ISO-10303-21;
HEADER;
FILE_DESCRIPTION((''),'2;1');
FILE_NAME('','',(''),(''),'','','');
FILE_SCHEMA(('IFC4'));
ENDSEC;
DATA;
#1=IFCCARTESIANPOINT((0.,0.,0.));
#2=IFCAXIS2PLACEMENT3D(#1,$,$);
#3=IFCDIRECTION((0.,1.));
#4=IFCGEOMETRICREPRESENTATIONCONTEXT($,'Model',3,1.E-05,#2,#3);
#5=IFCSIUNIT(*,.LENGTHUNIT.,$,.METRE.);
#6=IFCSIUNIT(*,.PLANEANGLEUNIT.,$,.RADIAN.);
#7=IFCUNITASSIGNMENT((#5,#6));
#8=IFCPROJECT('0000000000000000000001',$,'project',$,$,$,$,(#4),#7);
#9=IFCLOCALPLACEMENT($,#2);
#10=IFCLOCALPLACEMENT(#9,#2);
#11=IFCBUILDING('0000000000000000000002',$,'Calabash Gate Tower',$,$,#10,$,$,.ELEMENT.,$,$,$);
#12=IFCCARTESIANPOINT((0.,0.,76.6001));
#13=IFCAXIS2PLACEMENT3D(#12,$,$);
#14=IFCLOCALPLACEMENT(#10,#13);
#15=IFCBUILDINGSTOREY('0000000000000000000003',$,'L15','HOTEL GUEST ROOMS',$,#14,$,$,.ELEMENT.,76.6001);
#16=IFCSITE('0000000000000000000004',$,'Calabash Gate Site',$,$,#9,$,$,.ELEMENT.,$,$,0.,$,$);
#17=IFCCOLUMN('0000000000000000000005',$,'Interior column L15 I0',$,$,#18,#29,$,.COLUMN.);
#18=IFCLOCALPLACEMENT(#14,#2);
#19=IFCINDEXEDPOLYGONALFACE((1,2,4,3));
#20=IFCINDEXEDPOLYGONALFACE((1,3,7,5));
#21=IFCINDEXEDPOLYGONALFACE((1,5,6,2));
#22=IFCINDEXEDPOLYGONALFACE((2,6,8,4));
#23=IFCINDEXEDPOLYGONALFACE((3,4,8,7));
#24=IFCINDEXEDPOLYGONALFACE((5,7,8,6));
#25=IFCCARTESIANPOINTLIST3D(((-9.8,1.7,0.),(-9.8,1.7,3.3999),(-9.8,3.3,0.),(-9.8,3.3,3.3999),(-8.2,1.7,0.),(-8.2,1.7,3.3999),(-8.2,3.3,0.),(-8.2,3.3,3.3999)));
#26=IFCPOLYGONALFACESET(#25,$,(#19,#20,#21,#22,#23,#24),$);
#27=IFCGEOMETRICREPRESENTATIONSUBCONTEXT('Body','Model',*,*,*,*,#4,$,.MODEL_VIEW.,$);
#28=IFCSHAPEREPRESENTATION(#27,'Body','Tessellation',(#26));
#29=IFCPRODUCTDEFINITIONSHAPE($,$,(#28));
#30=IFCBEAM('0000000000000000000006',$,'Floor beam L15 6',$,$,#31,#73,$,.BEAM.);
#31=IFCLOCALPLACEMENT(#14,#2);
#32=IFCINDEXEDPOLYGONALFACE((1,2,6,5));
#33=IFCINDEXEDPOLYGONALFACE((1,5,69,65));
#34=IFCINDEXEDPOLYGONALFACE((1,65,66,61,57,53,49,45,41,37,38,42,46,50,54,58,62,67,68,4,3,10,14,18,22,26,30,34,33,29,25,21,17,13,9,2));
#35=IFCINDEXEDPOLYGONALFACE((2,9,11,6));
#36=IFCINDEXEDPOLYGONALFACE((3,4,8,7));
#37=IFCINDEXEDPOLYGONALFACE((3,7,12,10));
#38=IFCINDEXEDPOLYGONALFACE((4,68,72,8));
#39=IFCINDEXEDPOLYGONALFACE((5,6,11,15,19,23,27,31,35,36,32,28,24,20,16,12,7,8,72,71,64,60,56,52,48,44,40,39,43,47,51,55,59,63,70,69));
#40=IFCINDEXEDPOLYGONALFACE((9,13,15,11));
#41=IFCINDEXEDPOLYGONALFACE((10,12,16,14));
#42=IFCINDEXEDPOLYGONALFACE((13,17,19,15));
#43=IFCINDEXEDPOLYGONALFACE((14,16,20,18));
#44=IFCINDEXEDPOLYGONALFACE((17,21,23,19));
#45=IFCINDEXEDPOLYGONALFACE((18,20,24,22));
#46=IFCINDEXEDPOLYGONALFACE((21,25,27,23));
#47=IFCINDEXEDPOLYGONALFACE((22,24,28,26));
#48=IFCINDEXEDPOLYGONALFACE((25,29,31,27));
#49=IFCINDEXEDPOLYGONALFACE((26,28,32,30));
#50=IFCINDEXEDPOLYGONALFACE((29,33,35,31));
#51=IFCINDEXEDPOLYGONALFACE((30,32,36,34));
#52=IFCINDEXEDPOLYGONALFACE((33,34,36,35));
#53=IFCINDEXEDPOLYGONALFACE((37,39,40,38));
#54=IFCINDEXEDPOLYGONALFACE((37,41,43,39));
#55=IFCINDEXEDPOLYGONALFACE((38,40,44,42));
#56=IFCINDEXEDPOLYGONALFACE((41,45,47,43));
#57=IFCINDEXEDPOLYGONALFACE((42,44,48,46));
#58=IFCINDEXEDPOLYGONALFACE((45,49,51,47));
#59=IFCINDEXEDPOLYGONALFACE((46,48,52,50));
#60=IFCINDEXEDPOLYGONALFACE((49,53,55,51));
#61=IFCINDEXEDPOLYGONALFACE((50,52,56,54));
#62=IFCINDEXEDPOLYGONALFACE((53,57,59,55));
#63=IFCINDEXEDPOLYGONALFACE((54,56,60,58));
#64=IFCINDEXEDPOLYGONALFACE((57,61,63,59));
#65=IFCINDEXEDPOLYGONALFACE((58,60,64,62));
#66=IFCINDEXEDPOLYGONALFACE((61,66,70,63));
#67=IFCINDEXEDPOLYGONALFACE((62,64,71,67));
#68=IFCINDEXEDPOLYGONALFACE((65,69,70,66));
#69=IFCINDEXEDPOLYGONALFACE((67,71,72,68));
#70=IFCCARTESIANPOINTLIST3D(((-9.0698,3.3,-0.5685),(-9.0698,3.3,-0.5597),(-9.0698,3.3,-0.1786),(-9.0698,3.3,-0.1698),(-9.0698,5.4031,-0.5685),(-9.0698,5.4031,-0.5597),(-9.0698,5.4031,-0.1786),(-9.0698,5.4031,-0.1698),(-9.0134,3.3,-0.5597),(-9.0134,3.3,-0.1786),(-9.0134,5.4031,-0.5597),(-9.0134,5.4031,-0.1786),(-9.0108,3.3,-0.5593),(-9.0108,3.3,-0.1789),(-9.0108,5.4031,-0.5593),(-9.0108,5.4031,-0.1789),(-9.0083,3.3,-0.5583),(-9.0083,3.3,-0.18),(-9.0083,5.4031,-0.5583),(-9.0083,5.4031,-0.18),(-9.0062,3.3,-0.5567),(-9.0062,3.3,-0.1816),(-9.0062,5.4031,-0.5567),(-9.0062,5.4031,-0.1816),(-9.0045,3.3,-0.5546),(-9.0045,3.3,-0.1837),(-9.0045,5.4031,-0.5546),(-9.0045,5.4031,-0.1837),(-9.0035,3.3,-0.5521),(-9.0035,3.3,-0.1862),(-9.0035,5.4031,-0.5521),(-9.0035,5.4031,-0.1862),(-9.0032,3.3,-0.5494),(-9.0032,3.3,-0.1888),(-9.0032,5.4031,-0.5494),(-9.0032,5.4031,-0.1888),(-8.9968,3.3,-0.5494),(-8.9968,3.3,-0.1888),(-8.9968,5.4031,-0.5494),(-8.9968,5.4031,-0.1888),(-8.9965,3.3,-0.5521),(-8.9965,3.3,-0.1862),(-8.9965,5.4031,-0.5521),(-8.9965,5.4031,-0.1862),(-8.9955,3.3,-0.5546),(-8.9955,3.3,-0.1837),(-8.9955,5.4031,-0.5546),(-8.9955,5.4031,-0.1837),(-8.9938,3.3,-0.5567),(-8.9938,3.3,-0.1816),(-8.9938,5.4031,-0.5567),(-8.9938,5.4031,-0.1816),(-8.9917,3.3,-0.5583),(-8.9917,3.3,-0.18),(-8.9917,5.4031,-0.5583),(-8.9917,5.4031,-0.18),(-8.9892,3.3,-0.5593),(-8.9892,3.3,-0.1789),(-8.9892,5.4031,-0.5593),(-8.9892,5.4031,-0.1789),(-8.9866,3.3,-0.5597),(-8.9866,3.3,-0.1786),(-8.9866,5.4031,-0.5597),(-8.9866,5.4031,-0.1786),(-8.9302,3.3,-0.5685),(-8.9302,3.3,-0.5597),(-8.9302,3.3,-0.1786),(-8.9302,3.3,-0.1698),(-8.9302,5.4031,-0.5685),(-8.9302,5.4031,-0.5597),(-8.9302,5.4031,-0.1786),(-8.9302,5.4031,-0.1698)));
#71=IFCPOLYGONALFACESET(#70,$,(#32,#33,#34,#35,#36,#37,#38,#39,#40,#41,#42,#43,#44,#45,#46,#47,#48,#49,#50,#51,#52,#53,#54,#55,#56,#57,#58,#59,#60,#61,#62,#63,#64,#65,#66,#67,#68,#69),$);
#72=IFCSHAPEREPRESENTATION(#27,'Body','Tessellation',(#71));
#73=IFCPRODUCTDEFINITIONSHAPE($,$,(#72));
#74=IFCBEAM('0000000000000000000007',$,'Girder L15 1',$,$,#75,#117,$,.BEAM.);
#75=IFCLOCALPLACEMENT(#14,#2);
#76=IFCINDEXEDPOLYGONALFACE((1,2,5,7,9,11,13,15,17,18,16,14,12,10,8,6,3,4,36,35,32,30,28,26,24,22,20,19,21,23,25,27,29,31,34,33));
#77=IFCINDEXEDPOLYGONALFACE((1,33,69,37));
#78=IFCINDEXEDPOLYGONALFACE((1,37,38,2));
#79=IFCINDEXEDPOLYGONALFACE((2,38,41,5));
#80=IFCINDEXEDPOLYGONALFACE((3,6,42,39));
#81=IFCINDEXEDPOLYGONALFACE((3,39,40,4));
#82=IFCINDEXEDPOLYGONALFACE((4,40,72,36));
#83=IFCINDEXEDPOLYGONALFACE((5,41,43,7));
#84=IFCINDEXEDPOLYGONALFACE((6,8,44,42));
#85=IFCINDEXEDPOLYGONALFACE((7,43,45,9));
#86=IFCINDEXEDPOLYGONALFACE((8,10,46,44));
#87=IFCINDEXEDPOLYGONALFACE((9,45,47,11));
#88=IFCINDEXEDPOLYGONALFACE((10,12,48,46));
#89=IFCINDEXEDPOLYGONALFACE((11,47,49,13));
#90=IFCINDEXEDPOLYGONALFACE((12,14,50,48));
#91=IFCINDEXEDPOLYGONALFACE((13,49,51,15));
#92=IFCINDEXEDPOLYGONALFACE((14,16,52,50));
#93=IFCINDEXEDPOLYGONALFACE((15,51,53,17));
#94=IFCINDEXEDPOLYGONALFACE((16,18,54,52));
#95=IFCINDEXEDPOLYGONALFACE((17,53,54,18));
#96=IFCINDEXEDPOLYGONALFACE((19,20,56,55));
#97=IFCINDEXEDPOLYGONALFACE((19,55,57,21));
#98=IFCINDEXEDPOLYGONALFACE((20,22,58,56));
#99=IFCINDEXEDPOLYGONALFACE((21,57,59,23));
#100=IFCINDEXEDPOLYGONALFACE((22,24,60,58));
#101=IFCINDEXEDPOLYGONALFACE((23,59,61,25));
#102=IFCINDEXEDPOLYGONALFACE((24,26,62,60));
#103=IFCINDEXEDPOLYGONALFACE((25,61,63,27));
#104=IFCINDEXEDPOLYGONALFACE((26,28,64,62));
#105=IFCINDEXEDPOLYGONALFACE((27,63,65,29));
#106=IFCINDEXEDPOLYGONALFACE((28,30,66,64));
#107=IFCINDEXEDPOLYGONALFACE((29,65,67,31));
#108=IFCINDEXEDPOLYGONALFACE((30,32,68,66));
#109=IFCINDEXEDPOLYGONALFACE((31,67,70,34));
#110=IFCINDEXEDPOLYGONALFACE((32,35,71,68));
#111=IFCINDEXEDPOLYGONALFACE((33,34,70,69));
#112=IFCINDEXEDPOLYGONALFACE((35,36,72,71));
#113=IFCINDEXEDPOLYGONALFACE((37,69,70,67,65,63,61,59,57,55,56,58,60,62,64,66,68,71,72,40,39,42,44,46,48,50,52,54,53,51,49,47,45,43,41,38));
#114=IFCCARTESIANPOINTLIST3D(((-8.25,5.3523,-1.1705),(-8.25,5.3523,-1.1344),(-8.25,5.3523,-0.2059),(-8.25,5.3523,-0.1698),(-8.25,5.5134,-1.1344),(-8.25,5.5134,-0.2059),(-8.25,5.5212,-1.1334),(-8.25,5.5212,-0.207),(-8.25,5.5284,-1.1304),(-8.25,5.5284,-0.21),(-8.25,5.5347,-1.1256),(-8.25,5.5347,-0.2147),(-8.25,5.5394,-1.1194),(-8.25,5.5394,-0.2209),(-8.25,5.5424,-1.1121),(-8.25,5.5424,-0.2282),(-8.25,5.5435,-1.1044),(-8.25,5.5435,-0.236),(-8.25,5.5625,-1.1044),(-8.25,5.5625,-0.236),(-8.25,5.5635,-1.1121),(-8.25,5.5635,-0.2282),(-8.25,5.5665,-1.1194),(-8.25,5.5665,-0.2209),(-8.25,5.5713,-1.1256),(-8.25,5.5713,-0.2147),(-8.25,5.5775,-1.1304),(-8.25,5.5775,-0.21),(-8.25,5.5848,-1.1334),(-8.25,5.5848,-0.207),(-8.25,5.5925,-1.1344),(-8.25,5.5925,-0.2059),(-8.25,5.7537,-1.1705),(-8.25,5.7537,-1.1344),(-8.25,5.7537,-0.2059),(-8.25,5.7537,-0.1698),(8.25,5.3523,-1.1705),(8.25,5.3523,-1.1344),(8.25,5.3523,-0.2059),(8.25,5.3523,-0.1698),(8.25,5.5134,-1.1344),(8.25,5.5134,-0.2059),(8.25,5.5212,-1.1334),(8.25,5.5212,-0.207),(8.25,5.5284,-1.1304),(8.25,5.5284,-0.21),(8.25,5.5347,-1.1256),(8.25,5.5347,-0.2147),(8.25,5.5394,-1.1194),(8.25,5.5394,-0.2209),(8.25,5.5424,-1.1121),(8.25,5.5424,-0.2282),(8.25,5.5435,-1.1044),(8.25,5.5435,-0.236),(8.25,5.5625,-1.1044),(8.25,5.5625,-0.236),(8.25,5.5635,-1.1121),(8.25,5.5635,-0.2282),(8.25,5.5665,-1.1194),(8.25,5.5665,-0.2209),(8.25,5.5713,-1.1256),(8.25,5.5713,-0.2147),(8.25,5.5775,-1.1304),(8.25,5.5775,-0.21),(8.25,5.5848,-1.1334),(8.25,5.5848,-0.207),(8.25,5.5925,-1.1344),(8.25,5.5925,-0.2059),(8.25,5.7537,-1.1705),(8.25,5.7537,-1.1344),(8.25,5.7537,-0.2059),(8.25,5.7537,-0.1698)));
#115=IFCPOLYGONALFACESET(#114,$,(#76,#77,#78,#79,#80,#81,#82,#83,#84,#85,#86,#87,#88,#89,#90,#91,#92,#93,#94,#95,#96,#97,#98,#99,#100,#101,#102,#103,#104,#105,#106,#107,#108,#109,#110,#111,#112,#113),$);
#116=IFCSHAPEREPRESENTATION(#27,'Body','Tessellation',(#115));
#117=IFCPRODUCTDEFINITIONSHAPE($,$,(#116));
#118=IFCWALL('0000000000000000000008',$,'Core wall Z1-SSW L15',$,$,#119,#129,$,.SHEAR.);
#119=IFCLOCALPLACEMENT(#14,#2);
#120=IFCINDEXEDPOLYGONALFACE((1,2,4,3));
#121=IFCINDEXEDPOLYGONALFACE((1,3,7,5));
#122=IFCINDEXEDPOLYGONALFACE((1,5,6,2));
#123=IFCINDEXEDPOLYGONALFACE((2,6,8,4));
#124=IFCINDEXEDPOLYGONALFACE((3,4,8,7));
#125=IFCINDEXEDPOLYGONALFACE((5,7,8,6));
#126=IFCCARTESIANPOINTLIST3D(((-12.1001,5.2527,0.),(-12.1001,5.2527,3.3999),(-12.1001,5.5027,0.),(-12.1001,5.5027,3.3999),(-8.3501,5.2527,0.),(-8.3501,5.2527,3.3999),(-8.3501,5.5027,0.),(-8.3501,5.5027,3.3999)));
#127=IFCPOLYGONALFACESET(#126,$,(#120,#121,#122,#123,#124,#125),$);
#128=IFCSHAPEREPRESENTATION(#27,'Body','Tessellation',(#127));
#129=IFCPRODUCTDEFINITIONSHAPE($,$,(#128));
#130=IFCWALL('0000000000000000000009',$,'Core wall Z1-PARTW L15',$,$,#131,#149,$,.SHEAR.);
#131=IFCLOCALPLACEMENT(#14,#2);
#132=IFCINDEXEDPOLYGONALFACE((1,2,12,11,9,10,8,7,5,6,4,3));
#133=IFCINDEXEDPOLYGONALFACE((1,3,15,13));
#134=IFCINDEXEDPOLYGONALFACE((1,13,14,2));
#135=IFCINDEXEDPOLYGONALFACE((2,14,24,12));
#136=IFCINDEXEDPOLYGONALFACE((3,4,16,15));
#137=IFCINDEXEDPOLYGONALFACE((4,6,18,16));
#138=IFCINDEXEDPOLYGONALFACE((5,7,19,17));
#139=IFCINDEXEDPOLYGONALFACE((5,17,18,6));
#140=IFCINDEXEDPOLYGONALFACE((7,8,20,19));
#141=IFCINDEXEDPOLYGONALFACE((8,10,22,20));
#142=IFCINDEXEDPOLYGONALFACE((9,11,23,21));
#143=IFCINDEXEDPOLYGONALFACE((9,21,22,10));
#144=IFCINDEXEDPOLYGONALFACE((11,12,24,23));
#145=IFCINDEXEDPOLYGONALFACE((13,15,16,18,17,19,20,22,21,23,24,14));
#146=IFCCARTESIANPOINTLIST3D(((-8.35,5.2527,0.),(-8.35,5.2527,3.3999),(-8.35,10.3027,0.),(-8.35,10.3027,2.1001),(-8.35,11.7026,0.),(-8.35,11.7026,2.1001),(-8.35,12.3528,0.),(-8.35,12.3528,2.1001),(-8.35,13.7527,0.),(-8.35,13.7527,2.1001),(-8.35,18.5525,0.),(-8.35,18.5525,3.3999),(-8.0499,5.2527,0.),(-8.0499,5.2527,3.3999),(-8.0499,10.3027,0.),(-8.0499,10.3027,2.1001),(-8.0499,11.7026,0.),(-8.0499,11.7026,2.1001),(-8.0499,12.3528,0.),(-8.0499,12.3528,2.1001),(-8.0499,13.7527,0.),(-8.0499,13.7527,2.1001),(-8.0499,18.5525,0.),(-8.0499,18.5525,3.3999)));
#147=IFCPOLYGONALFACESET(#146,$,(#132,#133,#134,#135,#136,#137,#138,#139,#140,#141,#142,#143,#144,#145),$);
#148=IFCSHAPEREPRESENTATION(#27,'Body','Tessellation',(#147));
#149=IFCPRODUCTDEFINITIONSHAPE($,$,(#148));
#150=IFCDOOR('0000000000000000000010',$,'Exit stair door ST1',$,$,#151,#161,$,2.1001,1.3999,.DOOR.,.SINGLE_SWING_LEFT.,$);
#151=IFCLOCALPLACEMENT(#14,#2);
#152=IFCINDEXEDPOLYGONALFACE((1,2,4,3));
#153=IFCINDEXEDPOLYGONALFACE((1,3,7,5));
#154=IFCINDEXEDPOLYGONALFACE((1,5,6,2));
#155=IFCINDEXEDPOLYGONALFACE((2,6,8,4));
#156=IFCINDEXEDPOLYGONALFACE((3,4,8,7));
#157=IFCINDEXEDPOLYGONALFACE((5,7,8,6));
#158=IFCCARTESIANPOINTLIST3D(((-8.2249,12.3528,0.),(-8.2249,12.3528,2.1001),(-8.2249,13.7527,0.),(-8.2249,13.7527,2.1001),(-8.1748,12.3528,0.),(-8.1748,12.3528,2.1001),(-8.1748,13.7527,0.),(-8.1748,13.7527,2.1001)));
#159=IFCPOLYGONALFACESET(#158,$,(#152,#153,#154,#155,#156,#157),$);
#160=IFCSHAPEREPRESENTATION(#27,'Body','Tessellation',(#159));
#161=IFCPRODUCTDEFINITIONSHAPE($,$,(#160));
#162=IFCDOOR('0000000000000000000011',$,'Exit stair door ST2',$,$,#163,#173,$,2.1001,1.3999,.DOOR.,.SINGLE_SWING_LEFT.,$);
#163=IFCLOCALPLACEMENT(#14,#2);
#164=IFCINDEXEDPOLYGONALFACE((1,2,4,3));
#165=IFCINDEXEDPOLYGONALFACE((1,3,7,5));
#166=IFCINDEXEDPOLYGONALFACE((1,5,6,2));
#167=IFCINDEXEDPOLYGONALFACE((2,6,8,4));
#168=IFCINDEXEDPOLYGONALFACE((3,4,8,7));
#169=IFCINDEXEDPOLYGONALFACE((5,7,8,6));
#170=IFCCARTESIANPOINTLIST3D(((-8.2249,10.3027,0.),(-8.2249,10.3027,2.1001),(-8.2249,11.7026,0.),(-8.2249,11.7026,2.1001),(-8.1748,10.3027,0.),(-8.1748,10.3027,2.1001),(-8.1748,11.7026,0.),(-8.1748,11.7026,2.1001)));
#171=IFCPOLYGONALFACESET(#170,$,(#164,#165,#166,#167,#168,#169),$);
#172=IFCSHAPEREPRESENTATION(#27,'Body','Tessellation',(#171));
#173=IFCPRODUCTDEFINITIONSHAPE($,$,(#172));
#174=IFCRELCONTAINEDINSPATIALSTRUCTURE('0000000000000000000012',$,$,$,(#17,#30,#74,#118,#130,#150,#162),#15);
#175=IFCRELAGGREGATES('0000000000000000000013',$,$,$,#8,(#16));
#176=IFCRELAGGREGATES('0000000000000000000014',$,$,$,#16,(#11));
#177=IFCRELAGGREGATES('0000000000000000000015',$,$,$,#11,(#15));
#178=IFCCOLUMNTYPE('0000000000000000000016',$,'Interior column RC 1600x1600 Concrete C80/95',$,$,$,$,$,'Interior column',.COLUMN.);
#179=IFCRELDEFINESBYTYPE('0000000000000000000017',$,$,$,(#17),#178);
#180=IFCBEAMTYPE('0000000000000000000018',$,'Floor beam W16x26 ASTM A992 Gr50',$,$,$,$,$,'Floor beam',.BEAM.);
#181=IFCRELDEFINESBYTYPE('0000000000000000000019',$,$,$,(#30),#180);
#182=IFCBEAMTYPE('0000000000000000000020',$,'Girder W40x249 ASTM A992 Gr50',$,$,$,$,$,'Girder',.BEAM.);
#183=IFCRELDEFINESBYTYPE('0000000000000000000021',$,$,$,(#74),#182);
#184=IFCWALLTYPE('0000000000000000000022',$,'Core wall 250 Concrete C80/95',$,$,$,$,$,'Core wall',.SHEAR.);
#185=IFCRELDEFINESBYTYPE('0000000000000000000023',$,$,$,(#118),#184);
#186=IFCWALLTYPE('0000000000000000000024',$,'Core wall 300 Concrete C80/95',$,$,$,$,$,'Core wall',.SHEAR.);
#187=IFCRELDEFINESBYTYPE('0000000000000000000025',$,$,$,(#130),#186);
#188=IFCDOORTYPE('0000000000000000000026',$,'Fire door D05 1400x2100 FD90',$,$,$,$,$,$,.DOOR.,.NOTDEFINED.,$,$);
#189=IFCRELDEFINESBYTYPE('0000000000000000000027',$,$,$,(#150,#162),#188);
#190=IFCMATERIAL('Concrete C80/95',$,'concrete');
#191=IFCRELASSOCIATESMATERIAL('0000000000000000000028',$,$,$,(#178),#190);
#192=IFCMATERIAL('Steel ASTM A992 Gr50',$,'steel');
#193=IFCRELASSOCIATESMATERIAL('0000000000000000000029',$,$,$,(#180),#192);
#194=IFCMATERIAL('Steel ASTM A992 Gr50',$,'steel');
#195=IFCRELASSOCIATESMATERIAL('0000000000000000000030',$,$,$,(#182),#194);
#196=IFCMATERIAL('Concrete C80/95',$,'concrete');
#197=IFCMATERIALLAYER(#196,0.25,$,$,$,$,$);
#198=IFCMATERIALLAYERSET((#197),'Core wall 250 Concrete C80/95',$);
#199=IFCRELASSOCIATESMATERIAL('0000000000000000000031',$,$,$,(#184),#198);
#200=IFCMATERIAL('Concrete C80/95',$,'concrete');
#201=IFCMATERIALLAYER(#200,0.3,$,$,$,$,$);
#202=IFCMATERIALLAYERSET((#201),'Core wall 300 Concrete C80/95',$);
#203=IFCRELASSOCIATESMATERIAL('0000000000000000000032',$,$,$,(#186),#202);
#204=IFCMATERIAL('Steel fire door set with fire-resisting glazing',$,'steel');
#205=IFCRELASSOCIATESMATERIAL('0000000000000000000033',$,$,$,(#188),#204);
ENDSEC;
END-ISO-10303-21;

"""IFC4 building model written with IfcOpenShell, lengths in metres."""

from ifc_helpers import new_model, si_unit, direction, frame, frame_2d, origin, origin_2d, place, context, subcontext, project, spatial, rectangle, i_section, extrude, material, layer, layer_set, material_profile, profile_set, type_object, element, fill, save


model = new_model("IFC4")

# Units and contexts
model_context = context("Model", 3, precision=1e-05, world=origin(), true_north=direction((0.0, 1.0)))
body_context = subcontext(model_context, "Body", "Model", "MODEL_VIEW")
ifc_project = project(units=[si_unit("LENGTHUNIT", "METRE"), si_unit("PLANEANGLEUNIT", "RADIAN")], contexts=[model_context])

# Site, building, storey
site_placement = place(None, origin())
site = spatial("IfcSite", under=ifc_project, at=site_placement, Name="Calabash Gate Site", CompositionType="ELEMENT", RefElevation=0.0)
building_placement = place(site_placement, origin())
building = spatial("IfcBuilding", under=site, at=building_placement, Name="Calabash Gate Tower", CompositionType="ELEMENT")
storey_placement = place(building_placement, frame((0.0, 0.0, 76.6001)))
storey = spatial("IfcBuildingStorey", under=building, at=storey_placement, Name="L15", Description="HOTEL GUEST ROOMS", CompositionType="ELEMENT", Elevation=76.6001)

# Column
ifc_material_1 = material(Name="Concrete C80/95", Category="concrete")
ifc_material_profile_1 = material_profile(ifc_material_1, rectangle(XDim=1.6001, YDim=1.6001, at=origin_2d()))
ifc_profile_set_1 = profile_set([ifc_material_profile_1], Name="Concrete C80/95")
column_type = type_object("IfcColumnType", Name="Interior column RC 1600x1600 Concrete C80/95", ElementType="Interior column", PredefinedType="COLUMN", material=ifc_profile_set_1)
column_placement = place(storey_placement, frame((-9.0, 2.5, 0.0), z_axis=(0.0, 0.0, 1.0), x_axis=(1.0, 0.0, 0.0)))
element("IfcColumn", 1, at=column_placement, inside=storey, type_object=column_type, Name="Interior column L15 I0", PredefinedType="COLUMN", context=body_context, shape_type="SweptSolid", body=[
    extrude(rectangle(XDim=1.6001, YDim=1.6001, at=origin_2d()), origin(), (0.0, 0.0, 1.0), 3.3999),
])

# Beams
ifc_material_2 = material(Name="Steel ASTM A992 Gr50", Category="steel")
ifc_material_profile_2 = material_profile(ifc_material_2, i_section(OverallWidth=0.1396, OverallDepth=0.3987, WebThickness=0.0063, FlangeThickness=0.0088, FilletRadius=0.0103, at=origin_2d()))
ifc_profile_set_2 = profile_set([ifc_material_profile_2], Name="Steel ASTM A992 Gr50")
beam_type_1 = type_object("IfcBeamType", Name="Floor beam W16x26 ASTM A992 Gr50", ElementType="Floor beam", PredefinedType="BEAM", material=ifc_profile_set_2)
beam_1_placement = place(storey_placement, frame((-9.0, 3.3, -0.3691), z_axis=(0.0, 1.0, 0.0), x_axis=(-1.0, 0.0, 0.0)))
element("IfcBeam", 2, at=beam_1_placement, inside=storey, type_object=beam_type_1, Name="Floor beam L15 6", PredefinedType="BEAM", context=body_context, shape_type="SweptSolid", body=[
    extrude(i_section(OverallWidth=0.1396, OverallDepth=0.3987, WebThickness=0.0063, FlangeThickness=0.0088, FilletRadius=0.0103, at=origin_2d()), origin(), (0.0, 0.0, 1.0), 2.103),
])
ifc_material_3 = material(Name="Steel ASTM A992 Gr50", Category="steel")
ifc_material_profile_3 = material_profile(ifc_material_3, i_section(OverallWidth=0.4014, OverallDepth=1.0007, WebThickness=0.019, FlangeThickness=0.0361, FilletRadius=0.03, at=origin_2d()))
ifc_profile_set_3 = profile_set([ifc_material_profile_3], Name="Steel ASTM A992 Gr50")
beam_type_2 = type_object("IfcBeamType", Name="Girder W40x249 ASTM A992 Gr50", ElementType="Girder", PredefinedType="BEAM", material=ifc_profile_set_3)
beam_2_placement = place(storey_placement, frame((-8.25, 5.553, -0.6702), z_axis=(1.0, 0.0, 0.0), x_axis=(0.0, 1.0, 0.0)))
element("IfcBeam", 3, at=beam_2_placement, inside=storey, type_object=beam_type_2, Name="Girder L15 1", PredefinedType="BEAM", context=body_context, shape_type="SweptSolid", body=[
    extrude(i_section(OverallWidth=0.4014, OverallDepth=1.0007, WebThickness=0.019, FlangeThickness=0.0361, FilletRadius=0.03, at=origin_2d()), origin(), (0.0, 0.0, 1.0), 16.5),
])

# Wall
ifc_material_4 = material(Name="Concrete C80/95", Category="concrete")
ifc_layer_1 = layer(ifc_material_4, 0.25)
ifc_layer_set_1 = layer_set([ifc_layer_1], Name="Core wall 250 Concrete C80/95")
wall_type_1 = type_object("IfcWallType", Name="Core wall 250 Concrete C80/95", ElementType="Core wall", PredefinedType="SHEAR", material=ifc_layer_set_1)
wall_1_placement = place(storey_placement, frame((-12.1001, 5.3777, 0.0), z_axis=(0.0, 0.0, 1.0), x_axis=(1.0, 0.0, 0.0)))
element("IfcWall", 4, at=wall_1_placement, inside=storey, type_object=wall_type_1, Name="Core wall Z1-SSW L15", PredefinedType="SHEAR", context=body_context, shape_type="SweptSolid", body=[
    extrude(rectangle(XDim=3.75, YDim=0.25, at=frame_2d((1.875, 0.0))), origin(), (0.0, 0.0, 1.0), 3.3999),
])

# Wall, openings, doors
ifc_material_5 = material(Name="Concrete C80/95", Category="concrete")
ifc_layer_2 = layer(ifc_material_5, 0.3)
ifc_layer_set_2 = layer_set([ifc_layer_2], Name="Core wall 300 Concrete C80/95")
wall_type_2 = type_object("IfcWallType", Name="Core wall 300 Concrete C80/95", ElementType="Core wall", PredefinedType="SHEAR", material=ifc_layer_set_2)
wall_2_placement = place(storey_placement, frame((-8.2, 5.2527, 0.0), z_axis=(0.0, 0.0, 1.0), x_axis=(0.0, 1.0, 0.0)))
wall_2 = element("IfcWall", 5, at=wall_2_placement, inside=storey, type_object=wall_type_2, Name="Core wall Z1-PARTW L15", PredefinedType="SHEAR", context=body_context, shape_type="SweptSolid", body=[
    extrude(rectangle(XDim=13.2998, YDim=0.3, at=frame_2d((6.6499, 0.0))), origin(), (0.0, 0.0, 1.0), 3.3999),
])
opening_1_placement = place(wall_2_placement, frame((7.1001, 0.0, 0.0)))
opening_1 = element("IfcOpeningElement", 6, at=opening_1_placement, cuts=wall_2, PredefinedType="OPENING", context=body_context, shape_type="SweptSolid", body=[
    extrude(rectangle(XDim=1.3999, YDim=2.1001, at=frame_2d((0.7, 1.05))), frame((0.0, 0.1599, 0.0), z_axis=(0.0, -1.0, 0.0), x_axis=(1.0, 0.0, 0.0)), (0.0, 0.0, 1.0), 0.3201),
])
opening_2_placement = place(wall_2_placement, frame((5.05, 0.0, 0.0)))
opening_2 = element("IfcOpeningElement", 7, at=opening_2_placement, cuts=wall_2, PredefinedType="OPENING", context=body_context, shape_type="SweptSolid", body=[
    extrude(rectangle(XDim=1.3999, YDim=2.1001, at=frame_2d((0.7, 1.05))), frame((0.0, 0.1599, 0.0), z_axis=(0.0, -1.0, 0.0), x_axis=(1.0, 0.0, 0.0)), (0.0, 0.0, 1.0), 0.3201),
])
ifc_material_6 = material(Name="Steel fire door set with fire-resisting glazing", Category="steel")
door_type_1 = type_object("IfcDoorType", Name="Fire door D05 1400x2100 FD90", OperationType="NOTDEFINED", PredefinedType="DOOR", material=ifc_material_6)
door_1_placement = place(opening_1_placement, origin())
door_1 = element("IfcDoor", 8, at=door_1_placement, inside=storey, type_object=door_type_1, Name="Exit stair door ST1", OperationType="SINGLE_SWING_LEFT", OverallHeight=2.1001, OverallWidth=1.3999, PredefinedType="DOOR", context=body_context, shape_type="SweptSolid", body=[
    extrude(rectangle(XDim=1.3999, YDim=2.1001, at=frame_2d((0.7, 1.05))), frame((0.0, 0.0249, 0.0), z_axis=(0.0, -1.0, 0.0), x_axis=(1.0, 0.0, 0.0)), (0.0, 0.0, 1.0), 0.05),
])
fill(opening_1, door_1)
door_2_placement = place(opening_2_placement, origin())
door_2 = element("IfcDoor", 9, at=door_2_placement, inside=storey, type_object=door_type_1, Name="Exit stair door ST2", OperationType="SINGLE_SWING_LEFT", OverallHeight=2.1001, OverallWidth=1.3999, PredefinedType="DOOR", context=body_context, shape_type="SweptSolid", body=[
    extrude(rectangle(XDim=1.3999, YDim=2.1001, at=frame_2d((0.7, 1.05))), frame((0.0, 0.0249, 0.0), z_axis=(0.0, -1.0, 0.0), x_axis=(1.0, 0.0, 0.0)), (0.0, 0.0, 1.0), 0.05),
])
fill(opening_2, door_2)

save(model, "model.ifc")
